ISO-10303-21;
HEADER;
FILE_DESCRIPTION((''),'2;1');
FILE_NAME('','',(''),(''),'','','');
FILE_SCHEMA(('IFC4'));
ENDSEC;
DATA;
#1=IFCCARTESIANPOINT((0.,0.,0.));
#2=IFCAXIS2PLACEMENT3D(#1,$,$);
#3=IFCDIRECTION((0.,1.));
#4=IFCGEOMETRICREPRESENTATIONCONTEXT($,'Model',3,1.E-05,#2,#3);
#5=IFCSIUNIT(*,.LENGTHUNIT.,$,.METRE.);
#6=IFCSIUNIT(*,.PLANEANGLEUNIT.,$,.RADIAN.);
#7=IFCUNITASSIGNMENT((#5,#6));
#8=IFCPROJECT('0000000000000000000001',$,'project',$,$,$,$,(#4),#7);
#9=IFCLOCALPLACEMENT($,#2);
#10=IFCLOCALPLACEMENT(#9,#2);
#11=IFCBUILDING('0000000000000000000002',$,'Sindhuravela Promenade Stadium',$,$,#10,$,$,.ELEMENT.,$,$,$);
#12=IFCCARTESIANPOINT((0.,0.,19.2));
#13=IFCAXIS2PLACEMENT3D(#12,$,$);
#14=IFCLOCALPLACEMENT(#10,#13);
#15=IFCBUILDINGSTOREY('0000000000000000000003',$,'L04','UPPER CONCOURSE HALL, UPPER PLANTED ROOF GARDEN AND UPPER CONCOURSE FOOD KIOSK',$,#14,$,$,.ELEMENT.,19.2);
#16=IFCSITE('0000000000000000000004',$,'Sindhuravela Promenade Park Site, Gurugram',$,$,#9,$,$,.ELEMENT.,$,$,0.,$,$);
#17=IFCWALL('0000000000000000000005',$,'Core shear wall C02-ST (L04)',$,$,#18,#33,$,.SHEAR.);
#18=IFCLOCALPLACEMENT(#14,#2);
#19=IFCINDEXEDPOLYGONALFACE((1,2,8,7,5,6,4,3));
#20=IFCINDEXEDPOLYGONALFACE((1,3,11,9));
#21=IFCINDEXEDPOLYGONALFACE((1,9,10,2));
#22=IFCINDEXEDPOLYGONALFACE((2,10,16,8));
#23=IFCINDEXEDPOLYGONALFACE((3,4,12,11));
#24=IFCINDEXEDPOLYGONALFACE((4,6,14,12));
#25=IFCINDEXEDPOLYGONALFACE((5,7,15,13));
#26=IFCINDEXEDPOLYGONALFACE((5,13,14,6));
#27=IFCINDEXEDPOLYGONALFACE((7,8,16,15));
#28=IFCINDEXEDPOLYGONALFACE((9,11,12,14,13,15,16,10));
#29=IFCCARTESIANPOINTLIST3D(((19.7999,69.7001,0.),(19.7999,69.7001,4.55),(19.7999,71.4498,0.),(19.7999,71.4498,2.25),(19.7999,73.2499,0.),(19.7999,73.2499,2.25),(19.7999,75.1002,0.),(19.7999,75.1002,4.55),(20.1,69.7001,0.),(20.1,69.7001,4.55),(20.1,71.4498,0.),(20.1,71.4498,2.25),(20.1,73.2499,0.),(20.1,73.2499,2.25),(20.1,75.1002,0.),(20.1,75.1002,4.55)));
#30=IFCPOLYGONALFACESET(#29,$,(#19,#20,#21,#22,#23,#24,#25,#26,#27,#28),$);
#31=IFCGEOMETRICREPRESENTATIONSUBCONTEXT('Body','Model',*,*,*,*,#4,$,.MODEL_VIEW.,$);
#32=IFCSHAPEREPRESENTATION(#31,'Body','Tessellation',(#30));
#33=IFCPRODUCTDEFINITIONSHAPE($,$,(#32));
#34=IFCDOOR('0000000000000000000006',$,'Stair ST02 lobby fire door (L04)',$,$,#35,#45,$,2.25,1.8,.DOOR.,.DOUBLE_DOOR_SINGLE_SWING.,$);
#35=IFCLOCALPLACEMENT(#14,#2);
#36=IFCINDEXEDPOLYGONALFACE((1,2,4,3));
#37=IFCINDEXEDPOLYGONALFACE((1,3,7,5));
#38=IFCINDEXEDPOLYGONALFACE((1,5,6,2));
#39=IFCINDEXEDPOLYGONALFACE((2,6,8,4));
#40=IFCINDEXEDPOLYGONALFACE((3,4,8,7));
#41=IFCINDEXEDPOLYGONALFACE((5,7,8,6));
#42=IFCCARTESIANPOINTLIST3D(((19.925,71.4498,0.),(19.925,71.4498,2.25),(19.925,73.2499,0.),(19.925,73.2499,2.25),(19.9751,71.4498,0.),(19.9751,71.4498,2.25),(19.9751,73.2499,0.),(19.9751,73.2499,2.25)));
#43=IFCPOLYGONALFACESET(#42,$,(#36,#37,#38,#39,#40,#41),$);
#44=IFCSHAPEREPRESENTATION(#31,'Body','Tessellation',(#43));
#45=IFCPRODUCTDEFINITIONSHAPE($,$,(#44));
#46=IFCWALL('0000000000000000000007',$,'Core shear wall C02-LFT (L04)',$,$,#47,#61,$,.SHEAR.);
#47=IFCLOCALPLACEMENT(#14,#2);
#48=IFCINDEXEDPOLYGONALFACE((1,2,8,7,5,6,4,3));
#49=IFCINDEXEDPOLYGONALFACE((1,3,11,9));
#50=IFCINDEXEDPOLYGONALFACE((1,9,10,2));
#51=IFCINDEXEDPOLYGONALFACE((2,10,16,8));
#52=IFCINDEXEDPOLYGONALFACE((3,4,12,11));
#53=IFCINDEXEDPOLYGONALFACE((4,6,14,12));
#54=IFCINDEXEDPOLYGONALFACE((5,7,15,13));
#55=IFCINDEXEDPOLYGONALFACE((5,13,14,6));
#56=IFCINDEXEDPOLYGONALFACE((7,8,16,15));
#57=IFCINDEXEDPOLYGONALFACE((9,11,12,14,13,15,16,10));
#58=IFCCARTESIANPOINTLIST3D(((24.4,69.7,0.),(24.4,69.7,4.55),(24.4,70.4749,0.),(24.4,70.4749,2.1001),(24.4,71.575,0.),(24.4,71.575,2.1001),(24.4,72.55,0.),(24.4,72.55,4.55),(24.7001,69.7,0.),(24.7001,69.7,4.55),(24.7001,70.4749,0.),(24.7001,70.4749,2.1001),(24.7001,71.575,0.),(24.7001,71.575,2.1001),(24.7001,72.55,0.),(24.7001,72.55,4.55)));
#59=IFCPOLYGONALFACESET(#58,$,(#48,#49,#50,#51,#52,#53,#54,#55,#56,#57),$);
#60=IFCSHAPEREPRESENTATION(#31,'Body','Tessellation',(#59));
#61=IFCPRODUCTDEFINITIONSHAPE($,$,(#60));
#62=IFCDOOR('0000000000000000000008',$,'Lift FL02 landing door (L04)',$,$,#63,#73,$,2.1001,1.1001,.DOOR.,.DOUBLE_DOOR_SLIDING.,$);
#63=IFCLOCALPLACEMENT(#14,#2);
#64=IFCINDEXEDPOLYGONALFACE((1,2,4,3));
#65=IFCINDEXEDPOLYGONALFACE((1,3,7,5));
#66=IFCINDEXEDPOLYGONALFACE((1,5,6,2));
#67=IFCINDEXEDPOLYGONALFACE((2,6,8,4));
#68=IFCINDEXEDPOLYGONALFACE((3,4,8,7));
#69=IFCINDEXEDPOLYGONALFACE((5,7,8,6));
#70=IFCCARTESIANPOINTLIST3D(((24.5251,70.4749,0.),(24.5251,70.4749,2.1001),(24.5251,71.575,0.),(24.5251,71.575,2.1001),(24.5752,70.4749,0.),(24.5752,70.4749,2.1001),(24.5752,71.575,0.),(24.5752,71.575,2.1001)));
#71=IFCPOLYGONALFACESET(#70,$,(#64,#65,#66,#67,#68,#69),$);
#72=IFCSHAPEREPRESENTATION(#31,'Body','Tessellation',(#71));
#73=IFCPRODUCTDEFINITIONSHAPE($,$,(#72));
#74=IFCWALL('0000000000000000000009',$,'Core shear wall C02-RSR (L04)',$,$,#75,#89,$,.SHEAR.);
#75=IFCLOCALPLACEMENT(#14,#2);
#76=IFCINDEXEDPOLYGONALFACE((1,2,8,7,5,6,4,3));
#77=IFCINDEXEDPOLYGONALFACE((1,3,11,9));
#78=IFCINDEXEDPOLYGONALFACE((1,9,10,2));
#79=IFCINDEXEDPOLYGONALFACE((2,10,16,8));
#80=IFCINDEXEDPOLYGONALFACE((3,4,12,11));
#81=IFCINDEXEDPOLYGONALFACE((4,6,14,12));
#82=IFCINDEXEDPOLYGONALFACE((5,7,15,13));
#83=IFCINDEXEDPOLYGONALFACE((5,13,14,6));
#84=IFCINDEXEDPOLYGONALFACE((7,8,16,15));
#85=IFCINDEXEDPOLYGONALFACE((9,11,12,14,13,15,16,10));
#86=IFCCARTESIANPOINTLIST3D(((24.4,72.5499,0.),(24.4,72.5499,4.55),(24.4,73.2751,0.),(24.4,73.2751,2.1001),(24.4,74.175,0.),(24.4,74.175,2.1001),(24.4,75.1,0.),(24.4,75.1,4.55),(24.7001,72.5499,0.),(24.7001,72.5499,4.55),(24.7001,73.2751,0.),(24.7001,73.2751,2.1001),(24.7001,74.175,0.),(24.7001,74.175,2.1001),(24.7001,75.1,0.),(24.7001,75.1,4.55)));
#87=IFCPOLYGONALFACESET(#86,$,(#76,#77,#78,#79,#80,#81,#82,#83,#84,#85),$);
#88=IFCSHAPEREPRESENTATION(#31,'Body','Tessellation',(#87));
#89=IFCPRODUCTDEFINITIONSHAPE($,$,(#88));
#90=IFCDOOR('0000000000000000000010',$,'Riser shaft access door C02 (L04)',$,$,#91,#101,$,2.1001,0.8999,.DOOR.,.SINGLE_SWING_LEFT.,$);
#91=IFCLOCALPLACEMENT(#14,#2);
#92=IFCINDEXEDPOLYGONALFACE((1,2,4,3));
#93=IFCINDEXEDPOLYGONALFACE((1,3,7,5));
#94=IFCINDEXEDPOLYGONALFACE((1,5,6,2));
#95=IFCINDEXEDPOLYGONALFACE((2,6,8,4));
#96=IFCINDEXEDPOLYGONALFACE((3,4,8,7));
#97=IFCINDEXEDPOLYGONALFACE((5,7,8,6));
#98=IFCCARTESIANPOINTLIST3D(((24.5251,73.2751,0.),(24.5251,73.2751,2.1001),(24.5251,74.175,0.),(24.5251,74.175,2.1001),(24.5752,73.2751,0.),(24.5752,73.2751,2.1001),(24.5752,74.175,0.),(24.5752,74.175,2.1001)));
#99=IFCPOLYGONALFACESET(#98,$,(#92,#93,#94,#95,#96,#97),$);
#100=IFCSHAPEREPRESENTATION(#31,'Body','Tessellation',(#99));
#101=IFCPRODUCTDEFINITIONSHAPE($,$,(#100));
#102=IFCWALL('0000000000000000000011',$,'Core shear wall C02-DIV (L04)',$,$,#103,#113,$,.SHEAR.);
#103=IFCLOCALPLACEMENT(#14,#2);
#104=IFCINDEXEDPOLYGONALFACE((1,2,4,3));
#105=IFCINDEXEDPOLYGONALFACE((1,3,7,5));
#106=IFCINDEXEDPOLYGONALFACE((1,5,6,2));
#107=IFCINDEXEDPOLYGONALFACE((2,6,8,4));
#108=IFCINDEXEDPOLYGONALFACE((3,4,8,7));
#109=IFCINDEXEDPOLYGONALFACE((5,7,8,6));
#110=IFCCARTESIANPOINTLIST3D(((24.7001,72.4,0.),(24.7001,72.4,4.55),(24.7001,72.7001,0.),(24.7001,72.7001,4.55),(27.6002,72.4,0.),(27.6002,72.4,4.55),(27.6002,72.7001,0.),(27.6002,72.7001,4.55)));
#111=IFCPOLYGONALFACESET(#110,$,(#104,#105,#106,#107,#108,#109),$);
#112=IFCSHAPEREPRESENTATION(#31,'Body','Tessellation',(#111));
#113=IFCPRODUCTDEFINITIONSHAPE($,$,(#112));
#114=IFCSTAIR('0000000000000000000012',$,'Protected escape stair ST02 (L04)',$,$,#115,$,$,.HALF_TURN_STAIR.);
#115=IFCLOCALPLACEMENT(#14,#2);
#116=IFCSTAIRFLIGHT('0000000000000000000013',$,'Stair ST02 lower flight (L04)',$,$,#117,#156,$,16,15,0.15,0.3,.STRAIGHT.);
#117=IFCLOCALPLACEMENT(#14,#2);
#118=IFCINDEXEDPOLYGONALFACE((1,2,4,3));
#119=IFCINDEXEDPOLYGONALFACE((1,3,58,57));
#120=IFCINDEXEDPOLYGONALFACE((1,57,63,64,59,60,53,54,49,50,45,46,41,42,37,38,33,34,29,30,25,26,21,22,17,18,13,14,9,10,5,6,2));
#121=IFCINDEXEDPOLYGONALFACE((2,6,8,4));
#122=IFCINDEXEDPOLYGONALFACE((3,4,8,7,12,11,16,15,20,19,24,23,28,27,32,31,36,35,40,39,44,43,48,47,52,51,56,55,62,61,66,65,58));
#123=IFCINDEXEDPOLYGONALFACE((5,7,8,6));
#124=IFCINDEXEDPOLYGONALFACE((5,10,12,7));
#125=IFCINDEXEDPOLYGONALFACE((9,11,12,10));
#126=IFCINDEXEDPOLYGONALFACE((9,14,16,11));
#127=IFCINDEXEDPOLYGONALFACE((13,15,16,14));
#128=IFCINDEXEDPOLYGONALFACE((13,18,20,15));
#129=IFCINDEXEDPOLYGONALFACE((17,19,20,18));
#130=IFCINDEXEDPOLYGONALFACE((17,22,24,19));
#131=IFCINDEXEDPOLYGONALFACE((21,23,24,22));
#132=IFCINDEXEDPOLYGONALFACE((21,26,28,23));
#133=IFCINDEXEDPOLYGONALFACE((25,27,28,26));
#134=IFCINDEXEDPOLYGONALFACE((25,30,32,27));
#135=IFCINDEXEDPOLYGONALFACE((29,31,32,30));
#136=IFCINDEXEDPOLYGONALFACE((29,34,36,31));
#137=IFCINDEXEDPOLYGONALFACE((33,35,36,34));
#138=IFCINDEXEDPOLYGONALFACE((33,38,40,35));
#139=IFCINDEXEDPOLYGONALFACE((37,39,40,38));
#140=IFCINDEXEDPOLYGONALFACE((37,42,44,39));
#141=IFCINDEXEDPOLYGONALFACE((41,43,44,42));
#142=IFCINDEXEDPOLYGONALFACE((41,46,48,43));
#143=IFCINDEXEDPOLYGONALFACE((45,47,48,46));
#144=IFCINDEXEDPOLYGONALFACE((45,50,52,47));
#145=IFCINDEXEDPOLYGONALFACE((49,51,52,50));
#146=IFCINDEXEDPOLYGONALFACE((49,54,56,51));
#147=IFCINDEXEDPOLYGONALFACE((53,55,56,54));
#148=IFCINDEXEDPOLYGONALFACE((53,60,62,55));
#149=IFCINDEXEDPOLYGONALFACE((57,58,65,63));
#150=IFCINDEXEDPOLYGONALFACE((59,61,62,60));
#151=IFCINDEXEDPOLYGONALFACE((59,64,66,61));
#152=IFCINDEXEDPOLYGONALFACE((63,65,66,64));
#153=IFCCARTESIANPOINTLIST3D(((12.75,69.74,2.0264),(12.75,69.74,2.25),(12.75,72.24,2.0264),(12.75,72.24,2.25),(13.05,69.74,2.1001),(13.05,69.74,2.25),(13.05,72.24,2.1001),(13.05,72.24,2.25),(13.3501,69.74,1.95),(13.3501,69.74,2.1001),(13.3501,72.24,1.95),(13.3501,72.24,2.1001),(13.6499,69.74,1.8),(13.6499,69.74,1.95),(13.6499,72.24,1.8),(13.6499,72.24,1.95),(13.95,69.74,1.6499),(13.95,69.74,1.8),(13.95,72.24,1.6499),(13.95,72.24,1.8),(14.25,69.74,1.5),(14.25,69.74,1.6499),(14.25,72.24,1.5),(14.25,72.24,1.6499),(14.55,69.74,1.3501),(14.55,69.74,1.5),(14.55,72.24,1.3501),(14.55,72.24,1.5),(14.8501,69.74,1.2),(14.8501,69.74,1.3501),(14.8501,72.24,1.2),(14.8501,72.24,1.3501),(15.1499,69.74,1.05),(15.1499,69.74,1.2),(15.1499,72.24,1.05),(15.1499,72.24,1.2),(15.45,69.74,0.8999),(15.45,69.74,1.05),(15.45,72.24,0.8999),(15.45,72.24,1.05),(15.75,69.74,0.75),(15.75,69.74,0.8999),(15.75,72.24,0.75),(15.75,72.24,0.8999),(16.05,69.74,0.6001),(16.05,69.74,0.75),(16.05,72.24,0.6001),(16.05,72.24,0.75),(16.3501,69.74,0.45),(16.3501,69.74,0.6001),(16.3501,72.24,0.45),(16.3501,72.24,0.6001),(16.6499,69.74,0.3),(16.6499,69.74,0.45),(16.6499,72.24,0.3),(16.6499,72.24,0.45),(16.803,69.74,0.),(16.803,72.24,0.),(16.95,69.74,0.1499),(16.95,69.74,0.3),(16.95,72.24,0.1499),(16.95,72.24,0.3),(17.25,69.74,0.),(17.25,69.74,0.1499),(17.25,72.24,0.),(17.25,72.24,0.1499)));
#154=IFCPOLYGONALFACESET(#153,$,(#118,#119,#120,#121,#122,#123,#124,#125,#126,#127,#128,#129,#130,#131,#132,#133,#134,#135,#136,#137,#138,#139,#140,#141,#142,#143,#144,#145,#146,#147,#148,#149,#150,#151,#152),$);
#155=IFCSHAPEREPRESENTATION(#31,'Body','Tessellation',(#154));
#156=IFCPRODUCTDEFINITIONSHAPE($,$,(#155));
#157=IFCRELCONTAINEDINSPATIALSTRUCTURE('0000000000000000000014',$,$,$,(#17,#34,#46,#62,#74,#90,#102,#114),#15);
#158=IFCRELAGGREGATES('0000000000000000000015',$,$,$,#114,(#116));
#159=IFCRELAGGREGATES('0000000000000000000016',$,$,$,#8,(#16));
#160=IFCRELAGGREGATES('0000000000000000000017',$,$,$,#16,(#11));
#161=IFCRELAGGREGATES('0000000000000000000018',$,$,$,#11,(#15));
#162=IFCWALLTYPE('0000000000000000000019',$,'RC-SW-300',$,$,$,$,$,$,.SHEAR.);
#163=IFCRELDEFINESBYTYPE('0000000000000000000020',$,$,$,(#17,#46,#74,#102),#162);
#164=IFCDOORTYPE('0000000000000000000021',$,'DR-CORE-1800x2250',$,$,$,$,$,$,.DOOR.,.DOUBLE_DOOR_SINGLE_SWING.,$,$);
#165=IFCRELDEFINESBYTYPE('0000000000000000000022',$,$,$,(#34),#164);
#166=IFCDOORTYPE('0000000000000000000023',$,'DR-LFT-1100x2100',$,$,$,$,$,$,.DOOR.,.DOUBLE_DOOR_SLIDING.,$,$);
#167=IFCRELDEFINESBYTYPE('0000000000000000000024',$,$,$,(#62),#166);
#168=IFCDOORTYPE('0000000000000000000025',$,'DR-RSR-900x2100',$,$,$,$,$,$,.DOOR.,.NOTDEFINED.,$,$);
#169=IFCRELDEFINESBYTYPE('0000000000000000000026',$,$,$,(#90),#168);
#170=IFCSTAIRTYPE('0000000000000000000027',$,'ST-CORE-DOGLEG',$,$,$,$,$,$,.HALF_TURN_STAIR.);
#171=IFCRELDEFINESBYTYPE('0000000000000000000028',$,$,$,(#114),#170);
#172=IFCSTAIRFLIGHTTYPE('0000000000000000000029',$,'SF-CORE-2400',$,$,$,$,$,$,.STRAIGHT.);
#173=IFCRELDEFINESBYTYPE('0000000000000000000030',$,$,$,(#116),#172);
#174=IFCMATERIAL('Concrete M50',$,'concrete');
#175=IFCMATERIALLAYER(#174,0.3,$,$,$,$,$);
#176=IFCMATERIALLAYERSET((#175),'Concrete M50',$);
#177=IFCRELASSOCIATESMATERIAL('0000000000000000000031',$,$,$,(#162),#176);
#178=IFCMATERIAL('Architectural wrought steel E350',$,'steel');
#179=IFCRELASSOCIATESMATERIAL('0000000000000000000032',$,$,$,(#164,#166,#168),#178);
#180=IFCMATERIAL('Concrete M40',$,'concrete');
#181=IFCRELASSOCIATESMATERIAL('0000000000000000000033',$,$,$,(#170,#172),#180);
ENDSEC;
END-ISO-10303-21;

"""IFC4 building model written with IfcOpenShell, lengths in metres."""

from ifc_helpers import new_model, si_unit, direction, frame, frame_2d, origin, place, context, subcontext, project, spatial, polyline, rectangle, outline, extrude, material, layer, layer_set, type_object, element, fill, aggregate, save


model = new_model("IFC4")

# Units and contexts
model_context = context("Model", 3, precision=1e-05, world=origin(), true_north=direction((0.0, 1.0)))
body_context = subcontext(model_context, "Body", "Model", "MODEL_VIEW")
ifc_project = project(units=[si_unit("LENGTHUNIT", "METRE"), si_unit("PLANEANGLEUNIT", "RADIAN")], contexts=[model_context])

# Site, building, storey
site_placement = place(None, origin())
site = spatial("IfcSite", under=ifc_project, at=site_placement, Name="Sindhuravela Promenade Park Site, Gurugram", CompositionType="ELEMENT", RefElevation=0.0)
building_placement = place(site_placement, origin())
building = spatial("IfcBuilding", under=site, at=building_placement, Name="Sindhuravela Promenade Stadium", CompositionType="ELEMENT")
storey_placement = place(building_placement, frame((0.0, 0.0, 19.2)))
storey = spatial("IfcBuildingStorey", under=building, at=storey_placement, Name="L04", Description="UPPER CONCOURSE HALL, UPPER PLANTED ROOF GARDEN AND UPPER CONCOURSE FOOD KIOSK", CompositionType="ELEMENT", Elevation=19.2)

# Shared definitions
ifc_material_1 = material(Name="Concrete M40", Category="concrete")

# Shared definitions
ifc_material_2 = material(Name="Concrete M50", Category="concrete")

# Walls, openings, doors
ifc_layer_1 = layer(ifc_material_2, 0.3)
ifc_layer_set_1 = layer_set([ifc_layer_1], Name="Concrete M50")
wall_type_1 = type_object("IfcWallType", Name="RC-SW-300", PredefinedType="SHEAR", material=ifc_layer_set_1)
wall_1_placement = place(storey_placement, frame((19.95, 69.7, 0.0), z_axis=(0.0, 0.0, 1.0), x_axis=(0.0, 1.0, 0.0)))
wall_1 = element("IfcWall", 1, at=wall_1_placement, inside=storey, type_object=wall_type_1, Name="Core shear wall C02-ST (L04)", PredefinedType="SHEAR", context=body_context, shape_type="SweptSolid", body=[
    extrude(rectangle(XDim=5.4001, YDim=0.3, at=frame_2d((2.7002, 0.0))), origin(), (0.0, 0.0, 1.0), 4.55),
])
opening_1_placement = place(wall_1_placement, frame((1.75, 0.0, 0.0)))
opening_1 = element("IfcOpeningElement", 2, at=opening_1_placement, cuts=wall_1, PredefinedType="OPENING", context=body_context, shape_type="SweptSolid", body=[
    extrude(rectangle(XDim=1.8, YDim=2.25, at=frame_2d((0.8999, 1.125))), frame((0.0, 0.1599, 0.0), z_axis=(0.0, -1.0, 0.0), x_axis=(1.0, 0.0, 0.0)), (0.0, 0.0, 1.0), 0.3201),
])
ifc_material_3 = material(Name="Architectural wrought steel E350", Category="steel")
door_type_1 = type_object("IfcDoorType", Name="DR-CORE-1800x2250", OperationType="DOUBLE_DOOR_SINGLE_SWING", PredefinedType="DOOR", material=ifc_material_3)
door_1_placement = place(opening_1_placement, origin())
door_1 = element("IfcDoor", 3, at=door_1_placement, inside=storey, type_object=door_type_1, Name="Stair ST02 lobby fire door (L04)", OperationType="DOUBLE_DOOR_SINGLE_SWING", OverallHeight=2.25, OverallWidth=1.8, PredefinedType="DOOR", context=body_context, shape_type="SweptSolid", body=[
    extrude(rectangle(XDim=1.8, YDim=2.25, at=frame_2d((0.8999, 1.125))), frame((0.0, 0.0249, 0.0), z_axis=(0.0, -1.0, 0.0), x_axis=(1.0, 0.0, 0.0)), (0.0, 0.0, 1.0), 0.05),
])
fill(opening_1, door_1)
wall_2_placement = place(storey_placement, frame((24.55, 69.7, 0.0), z_axis=(0.0, 0.0, 1.0), x_axis=(0.0, 1.0, 0.0)))
wall_2 = element("IfcWall", 4, at=wall_2_placement, inside=storey, type_object=wall_type_1, Name="Core shear wall C02-LFT (L04)", PredefinedType="SHEAR", context=body_context, shape_type="SweptSolid", body=[
    extrude(rectangle(XDim=2.8501, YDim=0.3, at=frame_2d((1.425, 0.0))), origin(), (0.0, 0.0, 1.0), 4.55),
])
opening_2_placement = place(wall_2_placement, frame((0.7749, 0.0, 0.0)))
opening_2 = element("IfcOpeningElement", 5, at=opening_2_placement, cuts=wall_2, PredefinedType="OPENING", context=body_context, shape_type="SweptSolid", body=[
    extrude(rectangle(XDim=1.1001, YDim=2.1001, at=frame_2d((0.55, 1.05))), frame((0.0, 0.1599, 0.0), z_axis=(0.0, -1.0, 0.0), x_axis=(1.0, 0.0, 0.0)), (0.0, 0.0, 1.0), 0.3201),
])
door_type_2 = type_object("IfcDoorType", Name="DR-LFT-1100x2100", OperationType="DOUBLE_DOOR_SLIDING", PredefinedType="DOOR", material=ifc_material_3)
door_2_placement = place(opening_2_placement, origin())
door_2 = element("IfcDoor", 6, at=door_2_placement, inside=storey, type_object=door_type_2, Name="Lift FL02 landing door (L04)", OperationType="DOUBLE_DOOR_SLIDING", OverallHeight=2.1001, OverallWidth=1.1001, PredefinedType="DOOR", context=body_context, shape_type="SweptSolid", body=[
    extrude(rectangle(XDim=1.1001, YDim=2.1001, at=frame_2d((0.55, 1.05))), frame((0.0, 0.0249, 0.0), z_axis=(0.0, -1.0, 0.0), x_axis=(1.0, 0.0, 0.0)), (0.0, 0.0, 1.0), 0.05),
])
fill(opening_2, door_2)
wall_3_placement = place(storey_placement, frame((24.55, 72.55, 0.0), z_axis=(0.0, 0.0, 1.0), x_axis=(0.0, 1.0, 0.0)))
wall_3 = element("IfcWall", 7, at=wall_3_placement, inside=storey, type_object=wall_type_1, Name="Core shear wall C02-RSR (L04)", PredefinedType="SHEAR", context=body_context, shape_type="SweptSolid", body=[
    extrude(rectangle(XDim=2.55, YDim=0.3, at=frame_2d((1.2749, 0.0))), origin(), (0.0, 0.0, 1.0), 4.55),
])
opening_3_placement = place(wall_3_placement, frame((0.7251, 0.0, 0.0)))
opening_3 = element("IfcOpeningElement", 8, at=opening_3_placement, cuts=wall_3, PredefinedType="OPENING", context=body_context, shape_type="SweptSolid", body=[
    extrude(rectangle(XDim=0.8999, YDim=2.1001, at=frame_2d((0.45, 1.05))), frame((0.0, 0.1599, 0.0), z_axis=(0.0, -1.0, 0.0), x_axis=(1.0, 0.0, 0.0)), (0.0, 0.0, 1.0), 0.3201),
])
door_type_3 = type_object("IfcDoorType", Name="DR-RSR-900x2100", OperationType="NOTDEFINED", PredefinedType="DOOR", material=ifc_material_3)
door_3_placement = place(opening_3_placement, origin())
door_3 = element("IfcDoor", 9, at=door_3_placement, inside=storey, type_object=door_type_3, Name="Riser shaft access door C02 (L04)", OperationType="SINGLE_SWING_LEFT", OverallHeight=2.1001, OverallWidth=0.8999, PredefinedType="DOOR", context=body_context, shape_type="SweptSolid", body=[
    extrude(rectangle(XDim=0.8999, YDim=2.1001, at=frame_2d((0.45, 1.05))), frame((0.0, 0.0249, 0.0), z_axis=(0.0, -1.0, 0.0), x_axis=(1.0, 0.0, 0.0)), (0.0, 0.0, 1.0), 0.05),
])
fill(opening_3, door_3)

# Wall
wall_4_placement = place(storey_placement, frame((24.7, 72.55, 0.0), z_axis=(0.0, 0.0, 1.0), x_axis=(1.0, 0.0, 0.0)))
element("IfcWall", 10, at=wall_4_placement, inside=storey, type_object=wall_type_1, Name="Core shear wall C02-DIV (L04)", PredefinedType="SHEAR", context=body_context, shape_type="SweptSolid", body=[
    extrude(rectangle(XDim=2.9001, YDim=0.3, at=frame_2d((1.4502, 0.0))), origin(), (0.0, 0.0, 1.0), 4.55),
])

# Stair, stair flight
stair_type = type_object("IfcStairType", Name="ST-CORE-DOGLEG", PredefinedType="HALF_TURN_STAIR", material=ifc_material_1)
stair_placement = place(storey_placement, origin())
stair = element("IfcStair", 11, at=stair_placement, inside=storey, type_object=stair_type, Name="Protected escape stair ST02 (L04)", PredefinedType="HALF_TURN_STAIR")
stair_flight_type = type_object("IfcStairFlightType", Name="SF-CORE-2400", PredefinedType="STRAIGHT", material=ifc_material_1)
stair_flight_placement = place(storey_placement, frame((17.25, 70.99, 0.0), z_axis=(0.0, 0.0, 1.0), x_axis=(-1.0, 0.0, 0.0)))
stair_flight = element("IfcStairFlight", 12, at=stair_flight_placement, type_object=stair_flight_type, Name="Stair ST02 lower flight (L04)", NumberOfRisers=16, NumberOfTreads=15, PredefinedType="STRAIGHT", RiserHeight=0.15, TreadLength=0.3, context=body_context, shape_type="SweptSolid", body=[
    extrude(outline(polyline([(0.0, 0.0), (0.0, 0.1499), (0.3, 0.1499), (0.3, 0.3), (0.6001, 0.3), (0.6001, 0.45), (0.8999, 0.45), (0.8999, 0.6001), (1.2, 0.6001), (1.2, 0.75), (1.5, 0.75), (1.5, 0.8999), (1.8, 0.8999), (1.8, 1.05), (2.1001, 1.05), (2.1001, 1.2), (2.3999, 1.2), (2.3999, 1.3501), (2.7, 1.3501), (2.7, 1.5), (3.0, 1.5), (3.0, 1.6499), (3.3, 1.6499), (3.3, 1.8), (3.6001, 1.8), (3.6001, 1.95), (3.8999, 1.95), (3.8999, 2.1001), (4.2, 2.1001), (4.2, 2.25), (4.5, 2.25), (4.5, 2.3999), (4.5, 2.0264), (0.447, 0.0), (0.0, 0.0)])), frame((0.0, 1.25, 0.0), z_axis=(0.0, -1.0, 0.0), x_axis=(1.0, 0.0, 0.0)), (0.0, 0.0, 1.0), 2.5),
])
aggregate(stair, [stair_flight])

save(model, "model.ifc")
